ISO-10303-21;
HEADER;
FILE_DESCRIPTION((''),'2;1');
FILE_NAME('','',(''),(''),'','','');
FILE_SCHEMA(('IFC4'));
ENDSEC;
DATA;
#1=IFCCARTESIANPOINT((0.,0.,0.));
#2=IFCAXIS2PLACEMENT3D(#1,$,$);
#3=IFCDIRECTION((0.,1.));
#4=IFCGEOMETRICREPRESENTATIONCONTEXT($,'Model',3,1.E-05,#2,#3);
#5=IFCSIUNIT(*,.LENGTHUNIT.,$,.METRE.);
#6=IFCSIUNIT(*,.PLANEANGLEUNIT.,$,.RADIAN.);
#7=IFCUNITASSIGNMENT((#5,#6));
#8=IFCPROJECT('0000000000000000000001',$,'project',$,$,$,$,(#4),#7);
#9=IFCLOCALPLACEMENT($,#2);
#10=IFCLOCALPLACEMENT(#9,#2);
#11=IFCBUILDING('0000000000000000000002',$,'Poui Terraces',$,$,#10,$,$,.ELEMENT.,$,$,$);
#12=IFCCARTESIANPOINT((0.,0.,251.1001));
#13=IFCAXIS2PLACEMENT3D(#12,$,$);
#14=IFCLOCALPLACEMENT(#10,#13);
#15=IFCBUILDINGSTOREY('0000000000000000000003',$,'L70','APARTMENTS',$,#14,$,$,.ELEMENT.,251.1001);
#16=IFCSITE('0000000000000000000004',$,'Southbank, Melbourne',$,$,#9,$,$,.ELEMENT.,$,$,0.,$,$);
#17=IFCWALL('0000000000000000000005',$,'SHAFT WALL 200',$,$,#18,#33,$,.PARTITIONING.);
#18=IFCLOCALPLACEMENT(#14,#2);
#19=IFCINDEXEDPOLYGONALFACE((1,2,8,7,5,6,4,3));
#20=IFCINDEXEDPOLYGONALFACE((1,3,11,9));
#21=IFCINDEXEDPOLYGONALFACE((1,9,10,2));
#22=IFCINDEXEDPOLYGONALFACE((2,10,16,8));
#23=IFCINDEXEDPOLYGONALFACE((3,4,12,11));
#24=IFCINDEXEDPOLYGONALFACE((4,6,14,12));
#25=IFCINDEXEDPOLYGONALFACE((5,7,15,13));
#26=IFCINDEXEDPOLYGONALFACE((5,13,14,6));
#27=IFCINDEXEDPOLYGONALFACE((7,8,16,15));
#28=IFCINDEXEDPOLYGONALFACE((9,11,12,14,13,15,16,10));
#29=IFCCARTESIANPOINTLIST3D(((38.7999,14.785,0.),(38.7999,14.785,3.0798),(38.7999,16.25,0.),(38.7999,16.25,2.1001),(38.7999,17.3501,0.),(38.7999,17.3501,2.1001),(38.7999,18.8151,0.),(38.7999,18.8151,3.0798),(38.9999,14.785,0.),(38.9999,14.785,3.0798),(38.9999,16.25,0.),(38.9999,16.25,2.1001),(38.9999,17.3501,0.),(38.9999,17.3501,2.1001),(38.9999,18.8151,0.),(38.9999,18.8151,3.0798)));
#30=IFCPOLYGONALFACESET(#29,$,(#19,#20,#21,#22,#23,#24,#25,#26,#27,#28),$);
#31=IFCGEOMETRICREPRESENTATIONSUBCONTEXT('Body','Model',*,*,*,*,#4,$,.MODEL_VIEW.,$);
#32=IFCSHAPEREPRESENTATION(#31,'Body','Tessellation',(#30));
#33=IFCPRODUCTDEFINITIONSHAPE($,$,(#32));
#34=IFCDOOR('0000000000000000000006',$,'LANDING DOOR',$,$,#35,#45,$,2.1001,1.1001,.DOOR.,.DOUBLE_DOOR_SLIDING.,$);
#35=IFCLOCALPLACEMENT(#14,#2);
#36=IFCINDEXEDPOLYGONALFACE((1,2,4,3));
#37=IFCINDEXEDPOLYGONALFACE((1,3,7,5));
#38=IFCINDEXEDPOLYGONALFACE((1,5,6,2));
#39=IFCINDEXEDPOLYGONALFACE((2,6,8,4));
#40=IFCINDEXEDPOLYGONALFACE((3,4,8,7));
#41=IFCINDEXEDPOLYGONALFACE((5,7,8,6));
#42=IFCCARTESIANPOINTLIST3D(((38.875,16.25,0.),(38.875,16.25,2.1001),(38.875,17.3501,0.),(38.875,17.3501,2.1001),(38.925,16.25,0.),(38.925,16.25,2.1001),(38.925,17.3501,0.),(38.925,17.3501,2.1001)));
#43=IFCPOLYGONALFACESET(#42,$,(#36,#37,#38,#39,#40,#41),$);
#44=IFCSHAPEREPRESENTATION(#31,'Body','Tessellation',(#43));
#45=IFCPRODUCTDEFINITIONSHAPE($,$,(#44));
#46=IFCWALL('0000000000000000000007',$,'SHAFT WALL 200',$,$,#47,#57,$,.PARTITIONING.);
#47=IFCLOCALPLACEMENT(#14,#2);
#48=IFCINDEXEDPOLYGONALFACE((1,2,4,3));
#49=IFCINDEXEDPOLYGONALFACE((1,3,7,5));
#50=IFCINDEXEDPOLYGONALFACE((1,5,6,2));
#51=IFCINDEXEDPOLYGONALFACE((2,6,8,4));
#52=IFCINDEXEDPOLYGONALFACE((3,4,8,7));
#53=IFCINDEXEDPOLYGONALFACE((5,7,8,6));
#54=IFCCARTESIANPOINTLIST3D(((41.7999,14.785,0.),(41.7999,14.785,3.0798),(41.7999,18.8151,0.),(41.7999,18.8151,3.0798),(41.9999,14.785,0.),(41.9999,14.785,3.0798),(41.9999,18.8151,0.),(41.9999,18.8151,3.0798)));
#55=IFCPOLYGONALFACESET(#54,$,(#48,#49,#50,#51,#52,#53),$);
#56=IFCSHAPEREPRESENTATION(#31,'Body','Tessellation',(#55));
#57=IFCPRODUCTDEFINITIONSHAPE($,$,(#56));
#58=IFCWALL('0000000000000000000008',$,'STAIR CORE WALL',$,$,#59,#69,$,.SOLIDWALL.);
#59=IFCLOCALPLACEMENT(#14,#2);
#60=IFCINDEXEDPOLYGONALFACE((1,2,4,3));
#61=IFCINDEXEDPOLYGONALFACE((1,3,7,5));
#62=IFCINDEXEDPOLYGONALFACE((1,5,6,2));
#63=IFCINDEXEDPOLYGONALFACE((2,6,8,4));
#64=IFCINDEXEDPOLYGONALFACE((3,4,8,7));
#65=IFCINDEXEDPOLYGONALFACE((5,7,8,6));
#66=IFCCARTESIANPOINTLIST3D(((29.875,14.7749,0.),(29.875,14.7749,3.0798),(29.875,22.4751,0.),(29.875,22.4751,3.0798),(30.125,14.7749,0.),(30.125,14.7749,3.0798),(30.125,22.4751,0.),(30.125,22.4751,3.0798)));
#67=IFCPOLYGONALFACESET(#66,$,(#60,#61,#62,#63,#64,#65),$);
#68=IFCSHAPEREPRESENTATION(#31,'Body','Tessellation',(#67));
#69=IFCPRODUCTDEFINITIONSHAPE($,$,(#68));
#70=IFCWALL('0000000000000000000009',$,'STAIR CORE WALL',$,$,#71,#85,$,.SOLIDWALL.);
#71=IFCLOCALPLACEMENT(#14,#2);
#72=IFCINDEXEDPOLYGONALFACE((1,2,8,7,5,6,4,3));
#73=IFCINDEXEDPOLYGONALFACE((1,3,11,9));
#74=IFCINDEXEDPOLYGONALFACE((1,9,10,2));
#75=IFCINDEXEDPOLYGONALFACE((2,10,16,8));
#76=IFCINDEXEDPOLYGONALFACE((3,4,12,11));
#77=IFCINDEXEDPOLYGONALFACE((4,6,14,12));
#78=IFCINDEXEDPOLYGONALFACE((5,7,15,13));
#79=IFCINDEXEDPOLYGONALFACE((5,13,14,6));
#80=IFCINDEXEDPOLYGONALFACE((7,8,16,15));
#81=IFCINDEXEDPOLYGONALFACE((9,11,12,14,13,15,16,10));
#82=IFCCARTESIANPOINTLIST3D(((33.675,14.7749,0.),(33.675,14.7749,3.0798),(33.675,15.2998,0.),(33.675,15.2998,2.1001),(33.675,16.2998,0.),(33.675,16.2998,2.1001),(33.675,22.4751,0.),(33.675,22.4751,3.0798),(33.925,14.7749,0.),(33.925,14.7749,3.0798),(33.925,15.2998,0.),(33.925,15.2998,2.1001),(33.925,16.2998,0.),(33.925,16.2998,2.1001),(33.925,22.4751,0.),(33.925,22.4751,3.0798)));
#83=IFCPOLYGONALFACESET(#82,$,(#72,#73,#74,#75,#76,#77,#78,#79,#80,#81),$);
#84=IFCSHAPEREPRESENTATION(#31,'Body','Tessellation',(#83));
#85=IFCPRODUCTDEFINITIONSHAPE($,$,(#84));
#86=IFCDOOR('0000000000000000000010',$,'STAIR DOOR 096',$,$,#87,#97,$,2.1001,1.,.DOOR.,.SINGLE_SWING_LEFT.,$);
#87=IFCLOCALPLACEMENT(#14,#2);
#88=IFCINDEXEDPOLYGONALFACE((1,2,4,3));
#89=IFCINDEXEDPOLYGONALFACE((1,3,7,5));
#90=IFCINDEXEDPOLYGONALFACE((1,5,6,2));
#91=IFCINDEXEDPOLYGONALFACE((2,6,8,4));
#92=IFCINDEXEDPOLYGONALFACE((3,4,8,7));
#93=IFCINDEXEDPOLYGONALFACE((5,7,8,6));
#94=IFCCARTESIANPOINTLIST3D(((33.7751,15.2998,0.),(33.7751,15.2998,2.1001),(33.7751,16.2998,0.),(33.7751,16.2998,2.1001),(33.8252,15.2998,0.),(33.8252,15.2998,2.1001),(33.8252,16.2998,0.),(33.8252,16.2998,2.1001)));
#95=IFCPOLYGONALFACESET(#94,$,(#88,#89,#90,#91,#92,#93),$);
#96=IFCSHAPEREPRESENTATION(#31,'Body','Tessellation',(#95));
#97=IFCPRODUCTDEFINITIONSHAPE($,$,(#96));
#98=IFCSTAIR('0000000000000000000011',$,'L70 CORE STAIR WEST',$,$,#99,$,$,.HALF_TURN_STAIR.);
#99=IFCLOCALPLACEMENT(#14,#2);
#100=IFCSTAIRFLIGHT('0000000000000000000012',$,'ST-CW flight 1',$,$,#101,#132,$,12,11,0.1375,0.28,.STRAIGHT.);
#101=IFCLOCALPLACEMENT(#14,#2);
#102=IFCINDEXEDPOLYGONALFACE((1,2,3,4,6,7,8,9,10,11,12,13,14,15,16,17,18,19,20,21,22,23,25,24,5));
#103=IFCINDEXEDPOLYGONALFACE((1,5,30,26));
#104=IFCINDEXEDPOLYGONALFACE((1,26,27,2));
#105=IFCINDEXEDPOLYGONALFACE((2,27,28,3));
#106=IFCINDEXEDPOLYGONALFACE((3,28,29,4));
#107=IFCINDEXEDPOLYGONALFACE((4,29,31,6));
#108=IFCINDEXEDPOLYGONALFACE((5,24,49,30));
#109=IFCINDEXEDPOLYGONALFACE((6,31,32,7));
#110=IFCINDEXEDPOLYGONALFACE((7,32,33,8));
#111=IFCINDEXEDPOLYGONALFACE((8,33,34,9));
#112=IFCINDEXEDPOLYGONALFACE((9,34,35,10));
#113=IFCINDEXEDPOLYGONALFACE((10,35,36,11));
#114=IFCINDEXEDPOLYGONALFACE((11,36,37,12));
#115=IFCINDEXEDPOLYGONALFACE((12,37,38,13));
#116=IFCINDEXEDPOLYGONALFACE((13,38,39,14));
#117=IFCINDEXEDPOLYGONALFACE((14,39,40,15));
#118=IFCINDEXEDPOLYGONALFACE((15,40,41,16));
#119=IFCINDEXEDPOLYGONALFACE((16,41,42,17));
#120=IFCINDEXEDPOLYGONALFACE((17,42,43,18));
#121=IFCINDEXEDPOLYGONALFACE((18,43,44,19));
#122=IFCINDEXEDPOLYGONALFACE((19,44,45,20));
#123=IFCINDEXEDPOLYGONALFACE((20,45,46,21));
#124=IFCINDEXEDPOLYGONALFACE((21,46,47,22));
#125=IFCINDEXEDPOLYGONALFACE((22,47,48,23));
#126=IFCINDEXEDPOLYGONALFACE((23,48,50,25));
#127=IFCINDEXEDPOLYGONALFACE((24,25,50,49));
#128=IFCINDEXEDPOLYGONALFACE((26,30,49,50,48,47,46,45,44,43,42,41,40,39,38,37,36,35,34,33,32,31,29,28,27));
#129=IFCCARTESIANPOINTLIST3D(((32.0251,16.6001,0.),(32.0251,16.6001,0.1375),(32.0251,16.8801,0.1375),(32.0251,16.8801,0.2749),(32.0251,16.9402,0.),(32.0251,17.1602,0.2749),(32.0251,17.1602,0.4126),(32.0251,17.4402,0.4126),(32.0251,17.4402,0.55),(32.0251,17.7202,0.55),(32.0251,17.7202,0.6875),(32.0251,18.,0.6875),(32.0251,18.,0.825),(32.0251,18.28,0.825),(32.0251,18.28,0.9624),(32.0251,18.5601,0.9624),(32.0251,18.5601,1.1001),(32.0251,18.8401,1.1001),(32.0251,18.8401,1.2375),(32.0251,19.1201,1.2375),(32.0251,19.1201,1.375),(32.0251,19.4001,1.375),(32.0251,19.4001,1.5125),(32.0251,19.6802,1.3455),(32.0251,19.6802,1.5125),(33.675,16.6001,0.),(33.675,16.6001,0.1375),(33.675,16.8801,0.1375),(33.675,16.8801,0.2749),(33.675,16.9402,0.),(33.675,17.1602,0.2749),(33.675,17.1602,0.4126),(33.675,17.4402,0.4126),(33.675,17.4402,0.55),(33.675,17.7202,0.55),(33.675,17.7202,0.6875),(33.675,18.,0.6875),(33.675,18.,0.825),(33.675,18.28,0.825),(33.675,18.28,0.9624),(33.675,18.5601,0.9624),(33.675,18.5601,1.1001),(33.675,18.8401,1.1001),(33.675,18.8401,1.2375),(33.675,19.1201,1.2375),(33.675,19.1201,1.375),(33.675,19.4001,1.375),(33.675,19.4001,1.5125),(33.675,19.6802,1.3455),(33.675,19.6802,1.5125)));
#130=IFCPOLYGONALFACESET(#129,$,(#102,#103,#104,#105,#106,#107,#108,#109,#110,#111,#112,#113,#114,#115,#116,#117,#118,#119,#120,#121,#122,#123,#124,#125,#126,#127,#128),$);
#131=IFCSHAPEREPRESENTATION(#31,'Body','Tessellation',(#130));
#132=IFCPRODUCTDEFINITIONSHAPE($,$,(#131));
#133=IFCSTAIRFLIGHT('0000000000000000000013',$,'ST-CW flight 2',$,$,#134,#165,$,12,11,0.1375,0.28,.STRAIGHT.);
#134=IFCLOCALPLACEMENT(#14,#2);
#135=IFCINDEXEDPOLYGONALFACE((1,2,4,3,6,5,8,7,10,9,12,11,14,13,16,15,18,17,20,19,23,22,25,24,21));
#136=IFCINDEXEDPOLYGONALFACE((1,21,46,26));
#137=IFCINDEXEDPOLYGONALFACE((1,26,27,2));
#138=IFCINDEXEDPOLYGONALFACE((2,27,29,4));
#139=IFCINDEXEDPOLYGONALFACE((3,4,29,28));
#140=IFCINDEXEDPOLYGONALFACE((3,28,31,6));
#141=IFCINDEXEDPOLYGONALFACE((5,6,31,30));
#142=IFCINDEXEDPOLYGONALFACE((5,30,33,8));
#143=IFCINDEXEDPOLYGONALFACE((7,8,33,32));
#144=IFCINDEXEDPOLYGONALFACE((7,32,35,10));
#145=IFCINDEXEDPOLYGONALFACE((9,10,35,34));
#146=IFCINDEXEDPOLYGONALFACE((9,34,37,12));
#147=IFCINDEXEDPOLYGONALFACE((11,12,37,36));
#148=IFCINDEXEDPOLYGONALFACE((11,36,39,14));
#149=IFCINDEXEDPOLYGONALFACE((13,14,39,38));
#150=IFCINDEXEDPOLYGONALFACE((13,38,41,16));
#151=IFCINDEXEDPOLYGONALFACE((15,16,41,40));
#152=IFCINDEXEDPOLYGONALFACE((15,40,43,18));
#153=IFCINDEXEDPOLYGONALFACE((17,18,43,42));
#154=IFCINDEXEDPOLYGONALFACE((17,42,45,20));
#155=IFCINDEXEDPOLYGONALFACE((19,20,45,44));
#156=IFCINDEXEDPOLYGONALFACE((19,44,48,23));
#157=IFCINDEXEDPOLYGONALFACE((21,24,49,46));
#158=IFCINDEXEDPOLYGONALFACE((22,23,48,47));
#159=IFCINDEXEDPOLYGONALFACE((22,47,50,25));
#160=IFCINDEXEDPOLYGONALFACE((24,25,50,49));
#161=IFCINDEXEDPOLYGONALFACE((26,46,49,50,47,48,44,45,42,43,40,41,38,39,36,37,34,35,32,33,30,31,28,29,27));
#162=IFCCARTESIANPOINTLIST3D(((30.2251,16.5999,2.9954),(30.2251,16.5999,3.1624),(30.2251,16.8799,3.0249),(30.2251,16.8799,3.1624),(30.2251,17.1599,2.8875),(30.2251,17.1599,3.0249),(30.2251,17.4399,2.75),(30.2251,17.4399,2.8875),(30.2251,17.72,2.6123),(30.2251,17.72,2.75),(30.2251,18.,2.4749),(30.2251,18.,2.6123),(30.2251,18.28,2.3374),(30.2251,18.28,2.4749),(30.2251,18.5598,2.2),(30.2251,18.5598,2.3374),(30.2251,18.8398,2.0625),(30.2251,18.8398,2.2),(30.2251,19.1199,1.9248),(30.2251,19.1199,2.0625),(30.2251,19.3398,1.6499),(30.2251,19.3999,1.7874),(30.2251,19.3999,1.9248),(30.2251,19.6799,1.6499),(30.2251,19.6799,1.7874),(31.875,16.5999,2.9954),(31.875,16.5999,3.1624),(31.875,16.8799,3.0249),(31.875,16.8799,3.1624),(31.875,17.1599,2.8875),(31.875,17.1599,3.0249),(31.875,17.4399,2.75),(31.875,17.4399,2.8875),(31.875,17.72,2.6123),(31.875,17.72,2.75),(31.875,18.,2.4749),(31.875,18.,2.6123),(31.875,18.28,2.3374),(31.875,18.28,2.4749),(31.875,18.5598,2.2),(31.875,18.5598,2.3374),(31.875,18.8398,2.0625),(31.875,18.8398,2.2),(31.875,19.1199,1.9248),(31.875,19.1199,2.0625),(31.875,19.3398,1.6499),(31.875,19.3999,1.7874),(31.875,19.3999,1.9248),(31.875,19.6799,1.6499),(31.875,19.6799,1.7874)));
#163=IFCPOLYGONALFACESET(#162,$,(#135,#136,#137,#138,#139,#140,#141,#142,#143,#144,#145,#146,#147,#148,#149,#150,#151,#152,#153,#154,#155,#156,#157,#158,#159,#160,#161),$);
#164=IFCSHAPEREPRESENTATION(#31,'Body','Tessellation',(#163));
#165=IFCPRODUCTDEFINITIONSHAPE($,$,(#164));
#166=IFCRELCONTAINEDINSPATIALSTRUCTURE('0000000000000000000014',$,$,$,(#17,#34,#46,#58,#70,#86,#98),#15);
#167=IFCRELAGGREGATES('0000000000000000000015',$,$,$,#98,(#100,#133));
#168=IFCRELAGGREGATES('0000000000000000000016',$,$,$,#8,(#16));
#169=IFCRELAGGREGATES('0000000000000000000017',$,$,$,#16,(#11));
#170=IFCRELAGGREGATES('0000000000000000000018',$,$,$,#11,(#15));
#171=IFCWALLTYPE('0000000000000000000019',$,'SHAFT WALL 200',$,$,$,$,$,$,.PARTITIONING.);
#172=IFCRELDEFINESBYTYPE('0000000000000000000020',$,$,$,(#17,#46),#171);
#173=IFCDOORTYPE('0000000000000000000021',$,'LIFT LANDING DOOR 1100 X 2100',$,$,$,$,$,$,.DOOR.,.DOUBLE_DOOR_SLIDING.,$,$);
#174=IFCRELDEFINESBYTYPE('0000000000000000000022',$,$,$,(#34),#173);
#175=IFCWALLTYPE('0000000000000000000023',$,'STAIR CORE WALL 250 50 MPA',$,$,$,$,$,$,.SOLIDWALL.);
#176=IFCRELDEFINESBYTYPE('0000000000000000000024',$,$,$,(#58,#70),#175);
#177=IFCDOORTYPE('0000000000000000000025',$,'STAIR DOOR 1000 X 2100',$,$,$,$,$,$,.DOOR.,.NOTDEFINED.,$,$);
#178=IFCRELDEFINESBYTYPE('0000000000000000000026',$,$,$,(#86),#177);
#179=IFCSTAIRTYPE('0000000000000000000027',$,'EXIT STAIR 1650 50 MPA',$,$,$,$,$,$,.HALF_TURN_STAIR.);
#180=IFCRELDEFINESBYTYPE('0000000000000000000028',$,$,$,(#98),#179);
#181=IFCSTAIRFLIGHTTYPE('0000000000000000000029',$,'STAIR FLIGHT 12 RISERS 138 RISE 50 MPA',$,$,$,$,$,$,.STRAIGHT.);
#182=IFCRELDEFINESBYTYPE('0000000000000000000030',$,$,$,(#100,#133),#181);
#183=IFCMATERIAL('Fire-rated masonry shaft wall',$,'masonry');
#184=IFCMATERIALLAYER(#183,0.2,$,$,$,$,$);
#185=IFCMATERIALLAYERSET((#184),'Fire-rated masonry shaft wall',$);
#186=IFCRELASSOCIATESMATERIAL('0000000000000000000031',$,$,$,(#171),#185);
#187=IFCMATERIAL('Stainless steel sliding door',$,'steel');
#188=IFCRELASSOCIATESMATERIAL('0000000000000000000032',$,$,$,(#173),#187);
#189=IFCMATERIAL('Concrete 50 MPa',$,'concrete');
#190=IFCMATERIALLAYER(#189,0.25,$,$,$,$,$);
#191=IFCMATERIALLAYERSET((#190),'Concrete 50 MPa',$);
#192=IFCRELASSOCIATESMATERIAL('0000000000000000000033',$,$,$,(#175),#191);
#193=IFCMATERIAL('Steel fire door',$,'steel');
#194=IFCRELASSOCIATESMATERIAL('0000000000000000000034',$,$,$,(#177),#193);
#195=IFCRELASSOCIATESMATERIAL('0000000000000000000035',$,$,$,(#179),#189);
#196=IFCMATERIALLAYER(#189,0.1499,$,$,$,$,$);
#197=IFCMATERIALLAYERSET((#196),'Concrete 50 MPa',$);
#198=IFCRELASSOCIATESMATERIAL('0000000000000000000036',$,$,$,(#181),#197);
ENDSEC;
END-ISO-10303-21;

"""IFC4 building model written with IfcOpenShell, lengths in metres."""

from ifc_helpers import new_model, si_unit, direction, frame, frame_2d, origin, place, context, subcontext, project, spatial, polyline, rectangle, outline, extrude, material, layer, layer_set, type_object, element, fill, aggregate, save


model = new_model("IFC4")

# Units and contexts
model_context = context("Model", 3, precision=1e-05, world=origin(), true_north=direction((0.0, 1.0)))
body_context = subcontext(model_context, "Body", "Model", "MODEL_VIEW")
ifc_project = project(units=[si_unit("LENGTHUNIT", "METRE"), si_unit("PLANEANGLEUNIT", "RADIAN")], contexts=[model_context])

# Site, building, storey
site_placement = place(None, origin())
site = spatial("IfcSite", under=ifc_project, at=site_placement, Name="Southbank, Melbourne", CompositionType="ELEMENT", RefElevation=0.0)
building_placement = place(site_placement, origin())
building = spatial("IfcBuilding", under=site, at=building_placement, Name="Poui Terraces", CompositionType="ELEMENT")
storey_placement = place(building_placement, frame((0.0, 0.0, 251.1001)))
storey = spatial("IfcBuildingStorey", under=building, at=storey_placement, Name="L70", Description="APARTMENTS", CompositionType="ELEMENT", Elevation=251.1001)

# Shared definitions
ifc_material_1 = material(Name="Concrete 50 MPa", Category="concrete")

# Shared definitions
ifc_material_2 = material(Name="Steel fire door", Category="steel")

# Wall, opening, door
ifc_material_3 = material(Name="Fire-rated masonry shaft wall", Category="masonry")
ifc_layer_1 = layer(ifc_material_3, 0.2)
ifc_layer_set_1 = layer_set([ifc_layer_1], Name="Fire-rated masonry shaft wall")
wall_type_1 = type_object("IfcWallType", Name="SHAFT WALL 200", PredefinedType="PARTITIONING", material=ifc_layer_set_1)
wall_1_placement = place(storey_placement, frame((38.8999, 14.7849, 0.0), z_axis=(0.0, 0.0, 1.0), x_axis=(0.0, 1.0, 0.0)))
wall_1 = element("IfcWall", 1, at=wall_1_placement, inside=storey, type_object=wall_type_1, Name="SHAFT WALL 200", PredefinedType="PARTITIONING", context=body_context, shape_type="SweptSolid", body=[
    extrude(rectangle(XDim=4.03, YDim=0.2, at=frame_2d((2.0151, 0.0))), origin(), (0.0, 0.0, 1.0), 3.0798),
])
opening_1_placement = place(wall_1_placement, frame((1.4651, 0.0, 0.0)))
opening_1 = element("IfcOpeningElement", 2, at=opening_1_placement, cuts=wall_1, PredefinedType="OPENING", context=body_context, shape_type="SweptSolid", body=[
    extrude(rectangle(XDim=1.1001, YDim=2.1001, at=frame_2d((0.55, 1.05))), frame((0.0, 0.1099, 0.0), z_axis=(0.0, -1.0, 0.0), x_axis=(1.0, 0.0, 0.0)), (0.0, 0.0, 1.0), 0.22),
])
ifc_material_4 = material(Name="Stainless steel sliding door", Category="steel")
door_type_1 = type_object("IfcDoorType", Name="LIFT LANDING DOOR 1100 X 2100", OperationType="DOUBLE_DOOR_SLIDING", PredefinedType="DOOR", material=ifc_material_4)
door_1_placement = place(opening_1_placement, origin())
door_1 = element("IfcDoor", 3, at=door_1_placement, inside=storey, type_object=door_type_1, Name="LANDING DOOR", OperationType="DOUBLE_DOOR_SLIDING", OverallHeight=2.1001, OverallWidth=1.1001, PredefinedType="DOOR", context=body_context, shape_type="SweptSolid", body=[
    extrude(rectangle(XDim=1.1001, YDim=2.1001, at=frame_2d((0.55, 1.05))), frame((0.0, 0.0249, 0.0), z_axis=(0.0, -1.0, 0.0), x_axis=(1.0, 0.0, 0.0)), (0.0, 0.0, 1.0), 0.05),
])
fill(opening_1, door_1)

# Walls
wall_2_placement = place(storey_placement, frame((41.8999, 14.7849, 0.0), z_axis=(0.0, 0.0, 1.0), x_axis=(0.0, 1.0, 0.0)))
element("IfcWall", 4, at=wall_2_placement, inside=storey, type_object=wall_type_1, Name="SHAFT WALL 200", PredefinedType="PARTITIONING", context=body_context, shape_type="SweptSolid", body=[
    extrude(rectangle(XDim=4.03, YDim=0.2, at=frame_2d((2.0151, 0.0))), origin(), (0.0, 0.0, 1.0), 3.0798),
])
ifc_layer_2 = layer(ifc_material_1, 0.25)
ifc_layer_set_2 = layer_set([ifc_layer_2], Name="Concrete 50 MPa")
wall_type_2 = type_object("IfcWallType", Name="STAIR CORE WALL 250 50 MPA", PredefinedType="SOLIDWALL", material=ifc_layer_set_2)
wall_3_placement = place(storey_placement, frame((30.0, 14.7749, 0.0), z_axis=(0.0, 0.0, 1.0), x_axis=(0.0, 1.0, 0.0)))
element("IfcWall", 5, at=wall_3_placement, inside=storey, type_object=wall_type_2, Name="STAIR CORE WALL", PredefinedType="SOLIDWALL", context=body_context, shape_type="SweptSolid", body=[
    extrude(rectangle(XDim=7.7002, YDim=0.25, at=frame_2d((3.8501, 0.0))), origin(), (0.0, 0.0, 1.0), 3.0798),
])

# Wall, opening, door
wall_4_placement = place(storey_placement, frame((33.8, 14.7749, 0.0), z_axis=(0.0, 0.0, 1.0), x_axis=(0.0, 1.0, 0.0)))
wall_4 = element("IfcWall", 6, at=wall_4_placement, inside=storey, type_object=wall_type_2, Name="STAIR CORE WALL", PredefinedType="SOLIDWALL", context=body_context, shape_type="SweptSolid", body=[
    extrude(rectangle(XDim=7.7002, YDim=0.25, at=frame_2d((3.8501, 0.0))), origin(), (0.0, 0.0, 1.0), 3.0798),
])
opening_2_placement = place(wall_4_placement, frame((0.5249, 0.0, 0.0)))
opening_2 = element("IfcOpeningElement", 7, at=opening_2_placement, cuts=wall_4, PredefinedType="OPENING", context=body_context, shape_type="SweptSolid", body=[
    extrude(rectangle(XDim=1.0, YDim=2.1001, at=frame_2d((0.5, 1.05))), frame((0.0, 0.135, 0.0), z_axis=(0.0, -1.0, 0.0), x_axis=(1.0, 0.0, 0.0)), (0.0, 0.0, 1.0), 0.27),
])
door_type_2 = type_object("IfcDoorType", Name="STAIR DOOR 1000 X 2100", OperationType="NOTDEFINED", PredefinedType="DOOR", material=ifc_material_2)
door_2_placement = place(opening_2_placement, origin())
door_2 = element("IfcDoor", 8, at=door_2_placement, inside=storey, type_object=door_type_2, Name="STAIR DOOR 096", OperationType="SINGLE_SWING_LEFT", OverallHeight=2.1001, OverallWidth=1.0, PredefinedType="DOOR", context=body_context, shape_type="SweptSolid", body=[
    extrude(rectangle(XDim=1.0, YDim=2.1001, at=frame_2d((0.5, 1.05))), frame((0.0, 0.0249, 0.0), z_axis=(0.0, -1.0, 0.0), x_axis=(1.0, 0.0, 0.0)), (0.0, 0.0, 1.0), 0.05),
])
fill(opening_2, door_2)

# Stair, stair flights
stair_type = type_object("IfcStairType", Name="EXIT STAIR 1650 50 MPA", PredefinedType="HALF_TURN_STAIR", material=ifc_material_1)
stair_placement = place(storey_placement, origin())
stair = element("IfcStair", 9, at=stair_placement, inside=storey, type_object=stair_type, Name="L70 CORE STAIR WEST", PredefinedType="HALF_TURN_STAIR")
ifc_layer_3 = layer(ifc_material_1, 0.1499)
ifc_layer_set_3 = layer_set([ifc_layer_3], Name="Concrete 50 MPa")
stair_flight_type = type_object("IfcStairFlightType", Name="STAIR FLIGHT 12 RISERS 138 RISE 50 MPA", PredefinedType="STRAIGHT", material=ifc_layer_set_3)
stair_flight_1_placement = place(storey_placement, frame((32.8501, 16.6001, 0.0), z_axis=(0.0, 0.0, 1.0), x_axis=(0.0, 1.0, 0.0)))
stair_flight_1 = element("IfcStairFlight", 10, at=stair_flight_1_placement, type_object=stair_flight_type, Name="ST-CW flight 1", NumberOfRisers=12, NumberOfTreads=11, PredefinedType="STRAIGHT", RiserHeight=0.1375, TreadLength=0.28, context=body_context, shape_type="SweptSolid", body=[
    extrude(outline(polyline([(0.0, 0.0), (0.0, 0.1375), (0.28, 0.1375), (0.28, 0.2749), (0.5601, 0.2749), (0.5601, 0.4126), (0.8401, 0.4126), (0.8401, 0.55), (1.1201, 0.55), (1.1201, 0.6875), (1.3999, 0.6875), (1.3999, 0.825), (1.6799, 0.825), (1.6799, 0.9624), (1.96, 0.9624), (1.96, 1.1001), (2.24, 1.1001), (2.24, 1.2375), (2.52, 1.2375), (2.52, 1.375), (2.8, 1.375), (2.8, 1.5125), (3.0801, 1.5125), (3.0801, 1.6499), (3.0801, 1.3455), (0.3401, 0.0), (0.0, 0.0)])), frame((0.0, 0.825, 0.0), z_axis=(0.0, -1.0, 0.0), x_axis=(1.0, 0.0, 0.0)), (0.0, 0.0, 1.0), 1.6499),
])
stair_flight_2_placement = place(storey_placement, frame((31.05, 19.6799, 1.6499), z_axis=(0.0, 0.0, 1.0), x_axis=(0.0, -1.0, 0.0)))
stair_flight_2 = element("IfcStairFlight", 11, at=stair_flight_2_placement, type_object=stair_flight_type, Name="ST-CW flight 2", NumberOfRisers=12, NumberOfTreads=11, PredefinedType="STRAIGHT", RiserHeight=0.1375, TreadLength=0.28, context=body_context, shape_type="SweptSolid", body=[
    extrude(outline(polyline([(0.0, 0.0), (0.0, 0.1375), (0.28, 0.1375), (0.28, 0.2749), (0.5601, 0.2749), (0.5601, 0.4126), (0.8401, 0.4126), (0.8401, 0.55), (1.1201, 0.55), (1.1201, 0.6875), (1.3999, 0.6875), (1.3999, 0.825), (1.6799, 0.825), (1.6799, 0.9624), (1.96, 0.9624), (1.96, 1.1001), (2.24, 1.1001), (2.24, 1.2375), (2.52, 1.2375), (2.52, 1.375), (2.8, 1.375), (2.8, 1.5125), (3.0801, 1.5125), (3.0801, 1.6499), (3.0801, 1.3455), (0.3401, 0.0), (0.0, 0.0)])), frame((0.0, 0.825, 0.0), z_axis=(0.0, -1.0, 0.0), x_axis=(1.0, 0.0, 0.0)), (0.0, 0.0, 1.0), 1.6499),
])
aggregate(stair, [stair_flight_1, stair_flight_2])

save(model, "model.ifc")
